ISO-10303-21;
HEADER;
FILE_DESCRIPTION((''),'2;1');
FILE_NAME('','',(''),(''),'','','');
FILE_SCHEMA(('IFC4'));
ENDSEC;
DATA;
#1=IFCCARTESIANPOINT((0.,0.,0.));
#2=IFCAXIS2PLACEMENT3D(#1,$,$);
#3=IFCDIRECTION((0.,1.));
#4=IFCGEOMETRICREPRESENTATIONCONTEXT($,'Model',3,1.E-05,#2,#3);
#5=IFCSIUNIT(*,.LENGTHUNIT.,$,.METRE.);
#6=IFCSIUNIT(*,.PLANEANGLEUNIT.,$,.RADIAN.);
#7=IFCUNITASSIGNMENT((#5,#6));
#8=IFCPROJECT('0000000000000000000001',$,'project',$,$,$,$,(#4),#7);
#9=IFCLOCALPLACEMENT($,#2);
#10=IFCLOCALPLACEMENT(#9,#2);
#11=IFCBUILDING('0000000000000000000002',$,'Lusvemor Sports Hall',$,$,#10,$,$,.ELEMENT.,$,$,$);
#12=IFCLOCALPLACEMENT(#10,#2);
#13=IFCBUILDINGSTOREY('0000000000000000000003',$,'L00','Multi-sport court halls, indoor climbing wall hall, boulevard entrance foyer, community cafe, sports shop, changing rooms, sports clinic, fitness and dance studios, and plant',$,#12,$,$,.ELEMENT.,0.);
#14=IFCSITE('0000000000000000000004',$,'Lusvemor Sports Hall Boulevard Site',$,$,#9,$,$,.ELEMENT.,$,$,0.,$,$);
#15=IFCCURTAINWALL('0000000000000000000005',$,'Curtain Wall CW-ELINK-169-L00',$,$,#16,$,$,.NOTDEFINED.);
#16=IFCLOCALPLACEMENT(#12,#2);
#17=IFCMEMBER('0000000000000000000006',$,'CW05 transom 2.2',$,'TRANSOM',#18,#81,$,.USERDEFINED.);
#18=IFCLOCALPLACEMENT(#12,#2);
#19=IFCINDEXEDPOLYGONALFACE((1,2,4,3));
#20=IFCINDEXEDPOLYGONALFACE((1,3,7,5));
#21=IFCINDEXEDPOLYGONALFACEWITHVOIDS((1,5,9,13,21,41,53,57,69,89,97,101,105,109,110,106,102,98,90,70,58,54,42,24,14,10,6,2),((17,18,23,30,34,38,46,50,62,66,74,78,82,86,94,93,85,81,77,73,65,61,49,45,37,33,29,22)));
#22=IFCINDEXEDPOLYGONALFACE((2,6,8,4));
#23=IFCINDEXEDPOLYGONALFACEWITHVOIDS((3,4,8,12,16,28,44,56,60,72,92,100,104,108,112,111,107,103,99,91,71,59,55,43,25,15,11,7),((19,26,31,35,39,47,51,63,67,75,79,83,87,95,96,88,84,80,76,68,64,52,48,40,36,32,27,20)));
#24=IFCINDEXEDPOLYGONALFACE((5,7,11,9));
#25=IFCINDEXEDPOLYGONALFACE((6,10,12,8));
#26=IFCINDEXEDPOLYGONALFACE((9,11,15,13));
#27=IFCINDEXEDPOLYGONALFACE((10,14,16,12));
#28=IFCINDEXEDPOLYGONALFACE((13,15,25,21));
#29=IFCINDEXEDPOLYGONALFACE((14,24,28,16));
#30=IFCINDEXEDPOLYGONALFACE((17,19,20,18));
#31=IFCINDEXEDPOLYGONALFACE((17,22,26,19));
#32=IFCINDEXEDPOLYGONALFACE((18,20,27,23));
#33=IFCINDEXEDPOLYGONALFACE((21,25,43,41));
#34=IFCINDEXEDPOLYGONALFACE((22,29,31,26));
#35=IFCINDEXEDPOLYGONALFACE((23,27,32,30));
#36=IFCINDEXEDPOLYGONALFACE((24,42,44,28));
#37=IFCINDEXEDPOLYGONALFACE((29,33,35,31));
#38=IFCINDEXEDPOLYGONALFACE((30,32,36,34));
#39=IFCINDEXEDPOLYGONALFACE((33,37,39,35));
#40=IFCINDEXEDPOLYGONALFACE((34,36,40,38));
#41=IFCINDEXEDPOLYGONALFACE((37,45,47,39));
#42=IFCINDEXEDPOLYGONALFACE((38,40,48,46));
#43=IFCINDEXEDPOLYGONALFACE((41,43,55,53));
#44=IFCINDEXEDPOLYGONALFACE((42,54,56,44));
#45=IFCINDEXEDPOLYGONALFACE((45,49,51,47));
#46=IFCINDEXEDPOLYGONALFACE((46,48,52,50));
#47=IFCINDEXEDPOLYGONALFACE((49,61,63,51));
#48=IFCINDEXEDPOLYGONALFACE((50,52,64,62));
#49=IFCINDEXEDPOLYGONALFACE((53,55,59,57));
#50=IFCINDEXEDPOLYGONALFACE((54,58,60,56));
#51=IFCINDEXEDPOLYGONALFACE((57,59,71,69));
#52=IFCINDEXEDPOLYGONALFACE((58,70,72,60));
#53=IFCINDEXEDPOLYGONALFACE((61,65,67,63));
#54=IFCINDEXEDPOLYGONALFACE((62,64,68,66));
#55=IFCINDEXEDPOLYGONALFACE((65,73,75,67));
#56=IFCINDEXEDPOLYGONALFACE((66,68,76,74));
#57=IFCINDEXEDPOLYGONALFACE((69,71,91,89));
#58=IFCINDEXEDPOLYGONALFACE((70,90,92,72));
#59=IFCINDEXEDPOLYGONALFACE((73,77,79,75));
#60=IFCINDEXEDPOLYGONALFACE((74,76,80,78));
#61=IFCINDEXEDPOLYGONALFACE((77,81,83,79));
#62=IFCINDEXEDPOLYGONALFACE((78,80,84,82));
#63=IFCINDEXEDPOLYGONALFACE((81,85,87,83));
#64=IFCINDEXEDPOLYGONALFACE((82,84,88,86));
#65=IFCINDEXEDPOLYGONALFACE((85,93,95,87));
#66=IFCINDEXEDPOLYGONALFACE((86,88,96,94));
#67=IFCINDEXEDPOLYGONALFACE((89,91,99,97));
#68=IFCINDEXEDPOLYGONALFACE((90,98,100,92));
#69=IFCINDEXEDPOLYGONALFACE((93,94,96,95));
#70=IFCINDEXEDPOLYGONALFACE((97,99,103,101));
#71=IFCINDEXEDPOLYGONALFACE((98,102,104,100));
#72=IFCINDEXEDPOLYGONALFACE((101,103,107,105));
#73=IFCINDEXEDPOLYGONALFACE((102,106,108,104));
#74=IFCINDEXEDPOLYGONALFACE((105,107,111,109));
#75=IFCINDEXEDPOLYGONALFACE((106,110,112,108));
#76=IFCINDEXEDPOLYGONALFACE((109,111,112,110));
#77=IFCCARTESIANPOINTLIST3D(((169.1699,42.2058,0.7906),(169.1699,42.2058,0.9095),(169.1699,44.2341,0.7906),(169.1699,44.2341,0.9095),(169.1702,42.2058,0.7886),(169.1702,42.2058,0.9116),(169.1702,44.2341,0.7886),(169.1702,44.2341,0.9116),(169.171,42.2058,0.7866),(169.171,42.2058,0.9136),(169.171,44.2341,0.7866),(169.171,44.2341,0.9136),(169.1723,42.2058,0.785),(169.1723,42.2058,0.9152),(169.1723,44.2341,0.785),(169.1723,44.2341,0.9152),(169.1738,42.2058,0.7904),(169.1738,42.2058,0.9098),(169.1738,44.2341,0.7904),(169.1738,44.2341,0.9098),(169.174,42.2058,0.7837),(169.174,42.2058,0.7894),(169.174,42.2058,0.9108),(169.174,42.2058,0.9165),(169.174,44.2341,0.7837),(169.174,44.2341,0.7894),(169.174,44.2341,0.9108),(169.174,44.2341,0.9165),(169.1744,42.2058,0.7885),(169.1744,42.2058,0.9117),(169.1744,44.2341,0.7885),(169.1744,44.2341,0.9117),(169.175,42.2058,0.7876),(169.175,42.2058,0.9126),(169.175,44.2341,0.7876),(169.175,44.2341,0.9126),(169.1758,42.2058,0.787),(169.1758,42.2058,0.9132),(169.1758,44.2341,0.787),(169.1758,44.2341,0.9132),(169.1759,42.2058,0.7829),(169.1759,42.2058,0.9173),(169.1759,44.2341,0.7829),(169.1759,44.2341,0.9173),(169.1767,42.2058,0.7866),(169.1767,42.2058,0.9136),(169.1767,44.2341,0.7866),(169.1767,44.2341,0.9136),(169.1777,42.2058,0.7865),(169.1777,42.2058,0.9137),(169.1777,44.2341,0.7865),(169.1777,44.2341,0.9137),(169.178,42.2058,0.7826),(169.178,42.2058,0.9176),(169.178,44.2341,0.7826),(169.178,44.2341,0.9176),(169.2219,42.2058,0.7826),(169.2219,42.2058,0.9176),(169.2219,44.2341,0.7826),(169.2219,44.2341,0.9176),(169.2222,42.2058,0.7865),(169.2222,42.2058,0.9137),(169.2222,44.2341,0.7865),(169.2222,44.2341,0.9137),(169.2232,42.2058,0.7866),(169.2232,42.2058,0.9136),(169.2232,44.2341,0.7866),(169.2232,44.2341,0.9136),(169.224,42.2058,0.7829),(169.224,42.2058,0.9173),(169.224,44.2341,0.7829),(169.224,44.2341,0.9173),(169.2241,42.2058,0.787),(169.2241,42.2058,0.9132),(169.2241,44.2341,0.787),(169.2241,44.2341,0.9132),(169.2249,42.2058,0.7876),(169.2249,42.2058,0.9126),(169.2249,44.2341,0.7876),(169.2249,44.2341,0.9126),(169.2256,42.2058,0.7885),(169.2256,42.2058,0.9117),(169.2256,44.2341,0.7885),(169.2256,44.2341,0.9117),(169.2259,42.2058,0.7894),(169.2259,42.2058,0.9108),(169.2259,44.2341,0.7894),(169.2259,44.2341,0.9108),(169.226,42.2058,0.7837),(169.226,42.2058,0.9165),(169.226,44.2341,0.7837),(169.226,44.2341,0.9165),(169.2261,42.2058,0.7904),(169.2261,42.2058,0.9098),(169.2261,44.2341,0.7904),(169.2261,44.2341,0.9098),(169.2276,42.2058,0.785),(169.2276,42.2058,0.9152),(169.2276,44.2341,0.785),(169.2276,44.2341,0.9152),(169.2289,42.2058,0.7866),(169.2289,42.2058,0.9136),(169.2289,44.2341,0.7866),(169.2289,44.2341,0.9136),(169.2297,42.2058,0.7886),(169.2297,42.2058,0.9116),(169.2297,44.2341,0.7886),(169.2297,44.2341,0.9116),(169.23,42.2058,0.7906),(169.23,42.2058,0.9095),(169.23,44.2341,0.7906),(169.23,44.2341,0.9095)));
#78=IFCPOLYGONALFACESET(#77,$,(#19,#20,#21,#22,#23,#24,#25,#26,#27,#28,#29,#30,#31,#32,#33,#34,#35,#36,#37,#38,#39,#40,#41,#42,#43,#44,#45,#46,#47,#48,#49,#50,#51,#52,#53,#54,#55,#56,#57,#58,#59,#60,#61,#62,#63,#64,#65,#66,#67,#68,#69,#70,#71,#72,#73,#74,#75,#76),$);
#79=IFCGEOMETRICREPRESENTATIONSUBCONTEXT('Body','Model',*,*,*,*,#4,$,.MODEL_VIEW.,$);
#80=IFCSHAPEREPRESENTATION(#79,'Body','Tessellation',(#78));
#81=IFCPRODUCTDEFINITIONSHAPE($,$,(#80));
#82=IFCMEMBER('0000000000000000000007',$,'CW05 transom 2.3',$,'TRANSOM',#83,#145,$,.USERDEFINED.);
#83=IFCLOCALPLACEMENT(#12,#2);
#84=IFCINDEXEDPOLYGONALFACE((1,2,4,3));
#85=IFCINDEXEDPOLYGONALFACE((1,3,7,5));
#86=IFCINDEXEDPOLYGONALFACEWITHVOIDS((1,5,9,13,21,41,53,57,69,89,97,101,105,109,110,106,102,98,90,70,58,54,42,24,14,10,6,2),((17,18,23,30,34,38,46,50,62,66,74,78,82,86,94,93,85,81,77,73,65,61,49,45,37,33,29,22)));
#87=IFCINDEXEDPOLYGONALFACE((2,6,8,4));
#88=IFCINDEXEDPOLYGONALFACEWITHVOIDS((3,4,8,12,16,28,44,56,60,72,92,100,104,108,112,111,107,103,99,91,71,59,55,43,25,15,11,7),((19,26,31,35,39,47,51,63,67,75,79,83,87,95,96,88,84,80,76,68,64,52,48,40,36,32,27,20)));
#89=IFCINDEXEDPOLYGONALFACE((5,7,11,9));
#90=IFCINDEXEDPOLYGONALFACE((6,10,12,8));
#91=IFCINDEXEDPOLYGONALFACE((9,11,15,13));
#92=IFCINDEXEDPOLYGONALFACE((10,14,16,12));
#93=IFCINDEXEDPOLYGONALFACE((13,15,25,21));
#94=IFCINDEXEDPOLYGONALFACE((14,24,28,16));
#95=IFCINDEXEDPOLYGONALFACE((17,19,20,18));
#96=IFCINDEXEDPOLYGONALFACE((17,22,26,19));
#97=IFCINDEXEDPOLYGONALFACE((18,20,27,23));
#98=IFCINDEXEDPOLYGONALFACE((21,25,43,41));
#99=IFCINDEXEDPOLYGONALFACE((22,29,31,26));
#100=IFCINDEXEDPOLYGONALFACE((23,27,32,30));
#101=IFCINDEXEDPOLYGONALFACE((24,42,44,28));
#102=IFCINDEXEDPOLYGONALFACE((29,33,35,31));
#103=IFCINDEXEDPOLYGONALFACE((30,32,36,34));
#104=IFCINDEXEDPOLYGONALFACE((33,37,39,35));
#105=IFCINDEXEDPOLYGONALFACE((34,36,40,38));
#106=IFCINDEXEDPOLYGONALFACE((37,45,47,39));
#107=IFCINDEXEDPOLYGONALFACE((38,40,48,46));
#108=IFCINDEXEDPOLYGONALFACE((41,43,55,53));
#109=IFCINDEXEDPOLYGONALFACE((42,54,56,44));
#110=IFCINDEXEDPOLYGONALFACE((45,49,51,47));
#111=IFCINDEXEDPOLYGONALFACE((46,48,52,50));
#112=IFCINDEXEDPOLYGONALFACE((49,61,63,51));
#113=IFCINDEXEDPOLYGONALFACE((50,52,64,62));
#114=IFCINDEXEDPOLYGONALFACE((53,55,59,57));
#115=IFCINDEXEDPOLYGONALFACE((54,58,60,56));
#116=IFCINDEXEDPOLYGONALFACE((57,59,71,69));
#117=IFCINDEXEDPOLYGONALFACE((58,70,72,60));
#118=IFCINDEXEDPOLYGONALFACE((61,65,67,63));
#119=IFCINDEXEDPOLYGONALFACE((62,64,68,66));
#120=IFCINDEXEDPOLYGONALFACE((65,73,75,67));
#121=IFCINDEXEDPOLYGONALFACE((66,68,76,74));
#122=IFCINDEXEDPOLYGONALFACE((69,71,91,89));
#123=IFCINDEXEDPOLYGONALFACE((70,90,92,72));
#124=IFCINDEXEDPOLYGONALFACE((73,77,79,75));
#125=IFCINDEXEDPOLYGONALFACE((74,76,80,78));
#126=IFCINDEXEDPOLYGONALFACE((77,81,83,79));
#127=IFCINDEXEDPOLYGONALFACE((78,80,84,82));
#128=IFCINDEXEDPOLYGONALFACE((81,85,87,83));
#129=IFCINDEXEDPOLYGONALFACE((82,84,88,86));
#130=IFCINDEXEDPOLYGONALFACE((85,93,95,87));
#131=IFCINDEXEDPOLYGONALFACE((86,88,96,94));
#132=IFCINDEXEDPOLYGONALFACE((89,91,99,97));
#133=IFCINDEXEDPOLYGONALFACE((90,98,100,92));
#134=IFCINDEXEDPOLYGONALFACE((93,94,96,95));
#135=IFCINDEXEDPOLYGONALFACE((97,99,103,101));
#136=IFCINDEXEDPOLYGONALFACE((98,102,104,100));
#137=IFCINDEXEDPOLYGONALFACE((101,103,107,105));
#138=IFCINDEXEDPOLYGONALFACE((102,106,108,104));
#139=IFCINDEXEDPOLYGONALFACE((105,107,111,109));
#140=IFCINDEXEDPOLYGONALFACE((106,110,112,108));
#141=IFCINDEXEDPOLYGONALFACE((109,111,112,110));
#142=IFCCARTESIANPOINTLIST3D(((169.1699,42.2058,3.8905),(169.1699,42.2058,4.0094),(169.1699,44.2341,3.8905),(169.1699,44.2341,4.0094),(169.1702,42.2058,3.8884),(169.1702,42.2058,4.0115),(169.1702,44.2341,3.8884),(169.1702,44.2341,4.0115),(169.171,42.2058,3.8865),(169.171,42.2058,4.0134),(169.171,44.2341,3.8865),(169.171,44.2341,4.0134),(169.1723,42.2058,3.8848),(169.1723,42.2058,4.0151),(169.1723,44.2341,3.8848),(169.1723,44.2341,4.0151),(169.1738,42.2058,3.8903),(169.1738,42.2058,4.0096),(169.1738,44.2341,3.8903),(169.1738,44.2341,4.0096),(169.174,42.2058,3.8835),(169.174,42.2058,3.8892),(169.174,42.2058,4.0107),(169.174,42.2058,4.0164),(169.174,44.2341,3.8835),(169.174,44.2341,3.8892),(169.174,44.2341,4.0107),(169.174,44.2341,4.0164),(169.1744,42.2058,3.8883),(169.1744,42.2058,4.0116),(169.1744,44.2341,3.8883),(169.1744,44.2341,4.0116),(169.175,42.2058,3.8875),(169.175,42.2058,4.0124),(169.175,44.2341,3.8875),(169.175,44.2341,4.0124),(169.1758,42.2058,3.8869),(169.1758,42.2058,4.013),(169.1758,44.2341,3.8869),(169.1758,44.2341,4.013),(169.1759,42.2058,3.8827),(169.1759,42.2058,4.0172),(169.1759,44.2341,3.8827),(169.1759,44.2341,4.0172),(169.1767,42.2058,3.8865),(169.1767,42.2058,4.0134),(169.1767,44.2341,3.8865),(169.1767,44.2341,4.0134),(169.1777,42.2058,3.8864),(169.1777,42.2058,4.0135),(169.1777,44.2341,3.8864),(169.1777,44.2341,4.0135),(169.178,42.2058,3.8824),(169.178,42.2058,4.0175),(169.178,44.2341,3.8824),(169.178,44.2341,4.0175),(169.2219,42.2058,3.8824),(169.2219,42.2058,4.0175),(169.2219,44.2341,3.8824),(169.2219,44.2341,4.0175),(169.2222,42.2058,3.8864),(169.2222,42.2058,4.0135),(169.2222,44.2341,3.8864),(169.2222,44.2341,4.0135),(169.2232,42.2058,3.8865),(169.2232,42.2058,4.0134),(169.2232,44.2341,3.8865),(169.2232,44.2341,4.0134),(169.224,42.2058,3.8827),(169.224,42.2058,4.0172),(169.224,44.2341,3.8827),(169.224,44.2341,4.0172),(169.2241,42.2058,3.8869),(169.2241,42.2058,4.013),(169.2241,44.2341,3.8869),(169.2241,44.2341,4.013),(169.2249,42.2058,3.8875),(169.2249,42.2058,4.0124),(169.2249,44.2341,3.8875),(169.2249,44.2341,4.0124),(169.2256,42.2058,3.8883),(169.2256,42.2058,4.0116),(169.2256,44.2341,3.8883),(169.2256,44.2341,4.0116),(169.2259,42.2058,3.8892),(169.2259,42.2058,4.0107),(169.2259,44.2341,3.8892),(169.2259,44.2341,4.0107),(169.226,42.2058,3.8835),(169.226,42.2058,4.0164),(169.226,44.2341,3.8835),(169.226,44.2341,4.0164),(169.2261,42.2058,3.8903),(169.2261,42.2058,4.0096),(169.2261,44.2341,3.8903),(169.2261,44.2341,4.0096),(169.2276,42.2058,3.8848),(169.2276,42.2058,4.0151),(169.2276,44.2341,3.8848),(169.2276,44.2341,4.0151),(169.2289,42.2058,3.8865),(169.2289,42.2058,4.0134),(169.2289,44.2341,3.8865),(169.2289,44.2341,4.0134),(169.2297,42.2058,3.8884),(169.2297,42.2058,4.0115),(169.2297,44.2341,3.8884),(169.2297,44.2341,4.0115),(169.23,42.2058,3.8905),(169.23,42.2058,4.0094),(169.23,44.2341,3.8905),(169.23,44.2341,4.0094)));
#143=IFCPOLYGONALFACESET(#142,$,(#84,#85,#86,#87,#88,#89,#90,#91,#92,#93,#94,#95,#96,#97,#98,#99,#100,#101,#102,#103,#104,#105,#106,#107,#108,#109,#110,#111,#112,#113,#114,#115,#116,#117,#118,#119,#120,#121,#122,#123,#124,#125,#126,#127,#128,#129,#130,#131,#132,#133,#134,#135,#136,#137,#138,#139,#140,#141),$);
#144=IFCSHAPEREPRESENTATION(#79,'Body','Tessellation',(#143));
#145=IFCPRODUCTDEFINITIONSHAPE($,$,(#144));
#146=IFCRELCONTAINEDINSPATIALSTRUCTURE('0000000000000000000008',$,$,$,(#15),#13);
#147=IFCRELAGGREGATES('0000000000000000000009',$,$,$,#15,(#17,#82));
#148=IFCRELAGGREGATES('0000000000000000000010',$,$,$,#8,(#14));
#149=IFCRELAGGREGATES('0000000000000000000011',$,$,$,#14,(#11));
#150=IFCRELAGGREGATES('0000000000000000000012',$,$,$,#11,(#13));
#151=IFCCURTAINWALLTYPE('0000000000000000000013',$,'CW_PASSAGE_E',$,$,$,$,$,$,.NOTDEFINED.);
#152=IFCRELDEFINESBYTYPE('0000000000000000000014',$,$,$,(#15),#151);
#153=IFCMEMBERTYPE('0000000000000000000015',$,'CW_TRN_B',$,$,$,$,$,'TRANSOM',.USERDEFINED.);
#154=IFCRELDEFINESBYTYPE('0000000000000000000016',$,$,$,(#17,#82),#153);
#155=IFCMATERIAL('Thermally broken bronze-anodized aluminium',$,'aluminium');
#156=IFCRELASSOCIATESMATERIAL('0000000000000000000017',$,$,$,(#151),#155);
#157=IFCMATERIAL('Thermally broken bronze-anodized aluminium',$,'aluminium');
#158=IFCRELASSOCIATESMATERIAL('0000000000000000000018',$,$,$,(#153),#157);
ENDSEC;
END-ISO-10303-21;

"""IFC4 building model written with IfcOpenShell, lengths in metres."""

from ifc_helpers import new_model, si_unit, direction, frame, origin, origin_2d, place, context, subcontext, project, spatial, hollow_rectangle, extrude, material, material_profile, profile_set, type_object, element, aggregate, save


model = new_model("IFC4")

# Units and contexts
model_context = context("Model", 3, precision=1e-05, world=origin(), true_north=direction((0.0, 1.0)))
body_context = subcontext(model_context, "Body", "Model", "MODEL_VIEW")
ifc_project = project(units=[si_unit("LENGTHUNIT", "METRE"), si_unit("PLANEANGLEUNIT", "RADIAN")], contexts=[model_context])

# Site, building, storey
site_placement = place(None, origin())
site = spatial("IfcSite", under=ifc_project, at=site_placement, Name="Lusvemor Sports Hall Boulevard Site", CompositionType="ELEMENT", RefElevation=0.0)
building_placement = place(site_placement, origin())
building = spatial("IfcBuilding", under=site, at=building_placement, Name="Lusvemor Sports Hall", CompositionType="ELEMENT")
storey_placement = place(building_placement, origin())
storey = spatial("IfcBuildingStorey", under=building, at=storey_placement, Name="L00", Description="Multi-sport court halls, indoor climbing wall hall, boulevard entrance foyer, community cafe, sports shop, changing rooms, sports clinic, fitness and dance studios, and plant", CompositionType="ELEMENT", Elevation=0.0)

# Curtain wall, members
ifc_material_1 = material(Name="Thermally broken bronze-anodized aluminium", Category="aluminium")
curtain_wall_type = type_object("IfcCurtainWallType", Name="CW_PASSAGE_E", PredefinedType="NOTDEFINED", material=ifc_material_1)
curtain_wall_placement = place(storey_placement, origin())
curtain_wall = element("IfcCurtainWall", 1, at=curtain_wall_placement, inside=storey, type_object=curtain_wall_type, Name="Curtain Wall CW-ELINK-169-L00", PredefinedType="NOTDEFINED")
ifc_material_2 = material(Name="Thermally broken bronze-anodized aluminium", Category="aluminium")
ifc_material_profile_1 = material_profile(ifc_material_2, hollow_rectangle(XDim=0.0601, YDim=0.135, WallThickness=0.0039, InnerFilletRadius=0.0039, OuterFilletRadius=0.0081, at=origin_2d()), Name="CWTRN135x60x4")
ifc_profile_set_1 = profile_set([ifc_material_profile_1], Name="Thermally broken bronze-anodized aluminium")
member_type_1 = type_object("IfcMemberType", Name="CW_TRN_B", ElementType="TRANSOM", PredefinedType="USERDEFINED", material=ifc_profile_set_1)
member_1_placement = place(storey_placement, frame((169.2, 42.2058, 0.8501), z_axis=(0.0, 1.0, 0.0), x_axis=(-1.0, 0.0, 0.0)))
member_1 = element("IfcMember", 2, at=member_1_placement, type_object=member_type_1, Name="CW05 transom 2.2", ObjectType="TRANSOM", PredefinedType="USERDEFINED", context=body_context, shape_type="SweptSolid", body=[
    extrude(hollow_rectangle(XDim=0.0601, YDim=0.135, WallThickness=0.0039, InnerFilletRadius=0.0039, OuterFilletRadius=0.0081, at=origin_2d()), origin(), (0.0, 0.0, 1.0), 2.0283),
])
member_2_placement = place(storey_placement, frame((169.2, 42.2058, 3.95), z_axis=(0.0, 1.0, 0.0), x_axis=(-1.0, 0.0, 0.0)))
member_2 = element("IfcMember", 3, at=member_2_placement, type_object=member_type_1, Name="CW05 transom 2.3", ObjectType="TRANSOM", PredefinedType="USERDEFINED", context=body_context, shape_type="SweptSolid", body=[
    extrude(hollow_rectangle(XDim=0.0601, YDim=0.135, WallThickness=0.0039, InnerFilletRadius=0.0039, OuterFilletRadius=0.0081, at=origin_2d()), origin(), (0.0, 0.0, 1.0), 2.0283),
])
aggregate(curtain_wall, [member_1, member_2])

save(model, "model.ifc")
